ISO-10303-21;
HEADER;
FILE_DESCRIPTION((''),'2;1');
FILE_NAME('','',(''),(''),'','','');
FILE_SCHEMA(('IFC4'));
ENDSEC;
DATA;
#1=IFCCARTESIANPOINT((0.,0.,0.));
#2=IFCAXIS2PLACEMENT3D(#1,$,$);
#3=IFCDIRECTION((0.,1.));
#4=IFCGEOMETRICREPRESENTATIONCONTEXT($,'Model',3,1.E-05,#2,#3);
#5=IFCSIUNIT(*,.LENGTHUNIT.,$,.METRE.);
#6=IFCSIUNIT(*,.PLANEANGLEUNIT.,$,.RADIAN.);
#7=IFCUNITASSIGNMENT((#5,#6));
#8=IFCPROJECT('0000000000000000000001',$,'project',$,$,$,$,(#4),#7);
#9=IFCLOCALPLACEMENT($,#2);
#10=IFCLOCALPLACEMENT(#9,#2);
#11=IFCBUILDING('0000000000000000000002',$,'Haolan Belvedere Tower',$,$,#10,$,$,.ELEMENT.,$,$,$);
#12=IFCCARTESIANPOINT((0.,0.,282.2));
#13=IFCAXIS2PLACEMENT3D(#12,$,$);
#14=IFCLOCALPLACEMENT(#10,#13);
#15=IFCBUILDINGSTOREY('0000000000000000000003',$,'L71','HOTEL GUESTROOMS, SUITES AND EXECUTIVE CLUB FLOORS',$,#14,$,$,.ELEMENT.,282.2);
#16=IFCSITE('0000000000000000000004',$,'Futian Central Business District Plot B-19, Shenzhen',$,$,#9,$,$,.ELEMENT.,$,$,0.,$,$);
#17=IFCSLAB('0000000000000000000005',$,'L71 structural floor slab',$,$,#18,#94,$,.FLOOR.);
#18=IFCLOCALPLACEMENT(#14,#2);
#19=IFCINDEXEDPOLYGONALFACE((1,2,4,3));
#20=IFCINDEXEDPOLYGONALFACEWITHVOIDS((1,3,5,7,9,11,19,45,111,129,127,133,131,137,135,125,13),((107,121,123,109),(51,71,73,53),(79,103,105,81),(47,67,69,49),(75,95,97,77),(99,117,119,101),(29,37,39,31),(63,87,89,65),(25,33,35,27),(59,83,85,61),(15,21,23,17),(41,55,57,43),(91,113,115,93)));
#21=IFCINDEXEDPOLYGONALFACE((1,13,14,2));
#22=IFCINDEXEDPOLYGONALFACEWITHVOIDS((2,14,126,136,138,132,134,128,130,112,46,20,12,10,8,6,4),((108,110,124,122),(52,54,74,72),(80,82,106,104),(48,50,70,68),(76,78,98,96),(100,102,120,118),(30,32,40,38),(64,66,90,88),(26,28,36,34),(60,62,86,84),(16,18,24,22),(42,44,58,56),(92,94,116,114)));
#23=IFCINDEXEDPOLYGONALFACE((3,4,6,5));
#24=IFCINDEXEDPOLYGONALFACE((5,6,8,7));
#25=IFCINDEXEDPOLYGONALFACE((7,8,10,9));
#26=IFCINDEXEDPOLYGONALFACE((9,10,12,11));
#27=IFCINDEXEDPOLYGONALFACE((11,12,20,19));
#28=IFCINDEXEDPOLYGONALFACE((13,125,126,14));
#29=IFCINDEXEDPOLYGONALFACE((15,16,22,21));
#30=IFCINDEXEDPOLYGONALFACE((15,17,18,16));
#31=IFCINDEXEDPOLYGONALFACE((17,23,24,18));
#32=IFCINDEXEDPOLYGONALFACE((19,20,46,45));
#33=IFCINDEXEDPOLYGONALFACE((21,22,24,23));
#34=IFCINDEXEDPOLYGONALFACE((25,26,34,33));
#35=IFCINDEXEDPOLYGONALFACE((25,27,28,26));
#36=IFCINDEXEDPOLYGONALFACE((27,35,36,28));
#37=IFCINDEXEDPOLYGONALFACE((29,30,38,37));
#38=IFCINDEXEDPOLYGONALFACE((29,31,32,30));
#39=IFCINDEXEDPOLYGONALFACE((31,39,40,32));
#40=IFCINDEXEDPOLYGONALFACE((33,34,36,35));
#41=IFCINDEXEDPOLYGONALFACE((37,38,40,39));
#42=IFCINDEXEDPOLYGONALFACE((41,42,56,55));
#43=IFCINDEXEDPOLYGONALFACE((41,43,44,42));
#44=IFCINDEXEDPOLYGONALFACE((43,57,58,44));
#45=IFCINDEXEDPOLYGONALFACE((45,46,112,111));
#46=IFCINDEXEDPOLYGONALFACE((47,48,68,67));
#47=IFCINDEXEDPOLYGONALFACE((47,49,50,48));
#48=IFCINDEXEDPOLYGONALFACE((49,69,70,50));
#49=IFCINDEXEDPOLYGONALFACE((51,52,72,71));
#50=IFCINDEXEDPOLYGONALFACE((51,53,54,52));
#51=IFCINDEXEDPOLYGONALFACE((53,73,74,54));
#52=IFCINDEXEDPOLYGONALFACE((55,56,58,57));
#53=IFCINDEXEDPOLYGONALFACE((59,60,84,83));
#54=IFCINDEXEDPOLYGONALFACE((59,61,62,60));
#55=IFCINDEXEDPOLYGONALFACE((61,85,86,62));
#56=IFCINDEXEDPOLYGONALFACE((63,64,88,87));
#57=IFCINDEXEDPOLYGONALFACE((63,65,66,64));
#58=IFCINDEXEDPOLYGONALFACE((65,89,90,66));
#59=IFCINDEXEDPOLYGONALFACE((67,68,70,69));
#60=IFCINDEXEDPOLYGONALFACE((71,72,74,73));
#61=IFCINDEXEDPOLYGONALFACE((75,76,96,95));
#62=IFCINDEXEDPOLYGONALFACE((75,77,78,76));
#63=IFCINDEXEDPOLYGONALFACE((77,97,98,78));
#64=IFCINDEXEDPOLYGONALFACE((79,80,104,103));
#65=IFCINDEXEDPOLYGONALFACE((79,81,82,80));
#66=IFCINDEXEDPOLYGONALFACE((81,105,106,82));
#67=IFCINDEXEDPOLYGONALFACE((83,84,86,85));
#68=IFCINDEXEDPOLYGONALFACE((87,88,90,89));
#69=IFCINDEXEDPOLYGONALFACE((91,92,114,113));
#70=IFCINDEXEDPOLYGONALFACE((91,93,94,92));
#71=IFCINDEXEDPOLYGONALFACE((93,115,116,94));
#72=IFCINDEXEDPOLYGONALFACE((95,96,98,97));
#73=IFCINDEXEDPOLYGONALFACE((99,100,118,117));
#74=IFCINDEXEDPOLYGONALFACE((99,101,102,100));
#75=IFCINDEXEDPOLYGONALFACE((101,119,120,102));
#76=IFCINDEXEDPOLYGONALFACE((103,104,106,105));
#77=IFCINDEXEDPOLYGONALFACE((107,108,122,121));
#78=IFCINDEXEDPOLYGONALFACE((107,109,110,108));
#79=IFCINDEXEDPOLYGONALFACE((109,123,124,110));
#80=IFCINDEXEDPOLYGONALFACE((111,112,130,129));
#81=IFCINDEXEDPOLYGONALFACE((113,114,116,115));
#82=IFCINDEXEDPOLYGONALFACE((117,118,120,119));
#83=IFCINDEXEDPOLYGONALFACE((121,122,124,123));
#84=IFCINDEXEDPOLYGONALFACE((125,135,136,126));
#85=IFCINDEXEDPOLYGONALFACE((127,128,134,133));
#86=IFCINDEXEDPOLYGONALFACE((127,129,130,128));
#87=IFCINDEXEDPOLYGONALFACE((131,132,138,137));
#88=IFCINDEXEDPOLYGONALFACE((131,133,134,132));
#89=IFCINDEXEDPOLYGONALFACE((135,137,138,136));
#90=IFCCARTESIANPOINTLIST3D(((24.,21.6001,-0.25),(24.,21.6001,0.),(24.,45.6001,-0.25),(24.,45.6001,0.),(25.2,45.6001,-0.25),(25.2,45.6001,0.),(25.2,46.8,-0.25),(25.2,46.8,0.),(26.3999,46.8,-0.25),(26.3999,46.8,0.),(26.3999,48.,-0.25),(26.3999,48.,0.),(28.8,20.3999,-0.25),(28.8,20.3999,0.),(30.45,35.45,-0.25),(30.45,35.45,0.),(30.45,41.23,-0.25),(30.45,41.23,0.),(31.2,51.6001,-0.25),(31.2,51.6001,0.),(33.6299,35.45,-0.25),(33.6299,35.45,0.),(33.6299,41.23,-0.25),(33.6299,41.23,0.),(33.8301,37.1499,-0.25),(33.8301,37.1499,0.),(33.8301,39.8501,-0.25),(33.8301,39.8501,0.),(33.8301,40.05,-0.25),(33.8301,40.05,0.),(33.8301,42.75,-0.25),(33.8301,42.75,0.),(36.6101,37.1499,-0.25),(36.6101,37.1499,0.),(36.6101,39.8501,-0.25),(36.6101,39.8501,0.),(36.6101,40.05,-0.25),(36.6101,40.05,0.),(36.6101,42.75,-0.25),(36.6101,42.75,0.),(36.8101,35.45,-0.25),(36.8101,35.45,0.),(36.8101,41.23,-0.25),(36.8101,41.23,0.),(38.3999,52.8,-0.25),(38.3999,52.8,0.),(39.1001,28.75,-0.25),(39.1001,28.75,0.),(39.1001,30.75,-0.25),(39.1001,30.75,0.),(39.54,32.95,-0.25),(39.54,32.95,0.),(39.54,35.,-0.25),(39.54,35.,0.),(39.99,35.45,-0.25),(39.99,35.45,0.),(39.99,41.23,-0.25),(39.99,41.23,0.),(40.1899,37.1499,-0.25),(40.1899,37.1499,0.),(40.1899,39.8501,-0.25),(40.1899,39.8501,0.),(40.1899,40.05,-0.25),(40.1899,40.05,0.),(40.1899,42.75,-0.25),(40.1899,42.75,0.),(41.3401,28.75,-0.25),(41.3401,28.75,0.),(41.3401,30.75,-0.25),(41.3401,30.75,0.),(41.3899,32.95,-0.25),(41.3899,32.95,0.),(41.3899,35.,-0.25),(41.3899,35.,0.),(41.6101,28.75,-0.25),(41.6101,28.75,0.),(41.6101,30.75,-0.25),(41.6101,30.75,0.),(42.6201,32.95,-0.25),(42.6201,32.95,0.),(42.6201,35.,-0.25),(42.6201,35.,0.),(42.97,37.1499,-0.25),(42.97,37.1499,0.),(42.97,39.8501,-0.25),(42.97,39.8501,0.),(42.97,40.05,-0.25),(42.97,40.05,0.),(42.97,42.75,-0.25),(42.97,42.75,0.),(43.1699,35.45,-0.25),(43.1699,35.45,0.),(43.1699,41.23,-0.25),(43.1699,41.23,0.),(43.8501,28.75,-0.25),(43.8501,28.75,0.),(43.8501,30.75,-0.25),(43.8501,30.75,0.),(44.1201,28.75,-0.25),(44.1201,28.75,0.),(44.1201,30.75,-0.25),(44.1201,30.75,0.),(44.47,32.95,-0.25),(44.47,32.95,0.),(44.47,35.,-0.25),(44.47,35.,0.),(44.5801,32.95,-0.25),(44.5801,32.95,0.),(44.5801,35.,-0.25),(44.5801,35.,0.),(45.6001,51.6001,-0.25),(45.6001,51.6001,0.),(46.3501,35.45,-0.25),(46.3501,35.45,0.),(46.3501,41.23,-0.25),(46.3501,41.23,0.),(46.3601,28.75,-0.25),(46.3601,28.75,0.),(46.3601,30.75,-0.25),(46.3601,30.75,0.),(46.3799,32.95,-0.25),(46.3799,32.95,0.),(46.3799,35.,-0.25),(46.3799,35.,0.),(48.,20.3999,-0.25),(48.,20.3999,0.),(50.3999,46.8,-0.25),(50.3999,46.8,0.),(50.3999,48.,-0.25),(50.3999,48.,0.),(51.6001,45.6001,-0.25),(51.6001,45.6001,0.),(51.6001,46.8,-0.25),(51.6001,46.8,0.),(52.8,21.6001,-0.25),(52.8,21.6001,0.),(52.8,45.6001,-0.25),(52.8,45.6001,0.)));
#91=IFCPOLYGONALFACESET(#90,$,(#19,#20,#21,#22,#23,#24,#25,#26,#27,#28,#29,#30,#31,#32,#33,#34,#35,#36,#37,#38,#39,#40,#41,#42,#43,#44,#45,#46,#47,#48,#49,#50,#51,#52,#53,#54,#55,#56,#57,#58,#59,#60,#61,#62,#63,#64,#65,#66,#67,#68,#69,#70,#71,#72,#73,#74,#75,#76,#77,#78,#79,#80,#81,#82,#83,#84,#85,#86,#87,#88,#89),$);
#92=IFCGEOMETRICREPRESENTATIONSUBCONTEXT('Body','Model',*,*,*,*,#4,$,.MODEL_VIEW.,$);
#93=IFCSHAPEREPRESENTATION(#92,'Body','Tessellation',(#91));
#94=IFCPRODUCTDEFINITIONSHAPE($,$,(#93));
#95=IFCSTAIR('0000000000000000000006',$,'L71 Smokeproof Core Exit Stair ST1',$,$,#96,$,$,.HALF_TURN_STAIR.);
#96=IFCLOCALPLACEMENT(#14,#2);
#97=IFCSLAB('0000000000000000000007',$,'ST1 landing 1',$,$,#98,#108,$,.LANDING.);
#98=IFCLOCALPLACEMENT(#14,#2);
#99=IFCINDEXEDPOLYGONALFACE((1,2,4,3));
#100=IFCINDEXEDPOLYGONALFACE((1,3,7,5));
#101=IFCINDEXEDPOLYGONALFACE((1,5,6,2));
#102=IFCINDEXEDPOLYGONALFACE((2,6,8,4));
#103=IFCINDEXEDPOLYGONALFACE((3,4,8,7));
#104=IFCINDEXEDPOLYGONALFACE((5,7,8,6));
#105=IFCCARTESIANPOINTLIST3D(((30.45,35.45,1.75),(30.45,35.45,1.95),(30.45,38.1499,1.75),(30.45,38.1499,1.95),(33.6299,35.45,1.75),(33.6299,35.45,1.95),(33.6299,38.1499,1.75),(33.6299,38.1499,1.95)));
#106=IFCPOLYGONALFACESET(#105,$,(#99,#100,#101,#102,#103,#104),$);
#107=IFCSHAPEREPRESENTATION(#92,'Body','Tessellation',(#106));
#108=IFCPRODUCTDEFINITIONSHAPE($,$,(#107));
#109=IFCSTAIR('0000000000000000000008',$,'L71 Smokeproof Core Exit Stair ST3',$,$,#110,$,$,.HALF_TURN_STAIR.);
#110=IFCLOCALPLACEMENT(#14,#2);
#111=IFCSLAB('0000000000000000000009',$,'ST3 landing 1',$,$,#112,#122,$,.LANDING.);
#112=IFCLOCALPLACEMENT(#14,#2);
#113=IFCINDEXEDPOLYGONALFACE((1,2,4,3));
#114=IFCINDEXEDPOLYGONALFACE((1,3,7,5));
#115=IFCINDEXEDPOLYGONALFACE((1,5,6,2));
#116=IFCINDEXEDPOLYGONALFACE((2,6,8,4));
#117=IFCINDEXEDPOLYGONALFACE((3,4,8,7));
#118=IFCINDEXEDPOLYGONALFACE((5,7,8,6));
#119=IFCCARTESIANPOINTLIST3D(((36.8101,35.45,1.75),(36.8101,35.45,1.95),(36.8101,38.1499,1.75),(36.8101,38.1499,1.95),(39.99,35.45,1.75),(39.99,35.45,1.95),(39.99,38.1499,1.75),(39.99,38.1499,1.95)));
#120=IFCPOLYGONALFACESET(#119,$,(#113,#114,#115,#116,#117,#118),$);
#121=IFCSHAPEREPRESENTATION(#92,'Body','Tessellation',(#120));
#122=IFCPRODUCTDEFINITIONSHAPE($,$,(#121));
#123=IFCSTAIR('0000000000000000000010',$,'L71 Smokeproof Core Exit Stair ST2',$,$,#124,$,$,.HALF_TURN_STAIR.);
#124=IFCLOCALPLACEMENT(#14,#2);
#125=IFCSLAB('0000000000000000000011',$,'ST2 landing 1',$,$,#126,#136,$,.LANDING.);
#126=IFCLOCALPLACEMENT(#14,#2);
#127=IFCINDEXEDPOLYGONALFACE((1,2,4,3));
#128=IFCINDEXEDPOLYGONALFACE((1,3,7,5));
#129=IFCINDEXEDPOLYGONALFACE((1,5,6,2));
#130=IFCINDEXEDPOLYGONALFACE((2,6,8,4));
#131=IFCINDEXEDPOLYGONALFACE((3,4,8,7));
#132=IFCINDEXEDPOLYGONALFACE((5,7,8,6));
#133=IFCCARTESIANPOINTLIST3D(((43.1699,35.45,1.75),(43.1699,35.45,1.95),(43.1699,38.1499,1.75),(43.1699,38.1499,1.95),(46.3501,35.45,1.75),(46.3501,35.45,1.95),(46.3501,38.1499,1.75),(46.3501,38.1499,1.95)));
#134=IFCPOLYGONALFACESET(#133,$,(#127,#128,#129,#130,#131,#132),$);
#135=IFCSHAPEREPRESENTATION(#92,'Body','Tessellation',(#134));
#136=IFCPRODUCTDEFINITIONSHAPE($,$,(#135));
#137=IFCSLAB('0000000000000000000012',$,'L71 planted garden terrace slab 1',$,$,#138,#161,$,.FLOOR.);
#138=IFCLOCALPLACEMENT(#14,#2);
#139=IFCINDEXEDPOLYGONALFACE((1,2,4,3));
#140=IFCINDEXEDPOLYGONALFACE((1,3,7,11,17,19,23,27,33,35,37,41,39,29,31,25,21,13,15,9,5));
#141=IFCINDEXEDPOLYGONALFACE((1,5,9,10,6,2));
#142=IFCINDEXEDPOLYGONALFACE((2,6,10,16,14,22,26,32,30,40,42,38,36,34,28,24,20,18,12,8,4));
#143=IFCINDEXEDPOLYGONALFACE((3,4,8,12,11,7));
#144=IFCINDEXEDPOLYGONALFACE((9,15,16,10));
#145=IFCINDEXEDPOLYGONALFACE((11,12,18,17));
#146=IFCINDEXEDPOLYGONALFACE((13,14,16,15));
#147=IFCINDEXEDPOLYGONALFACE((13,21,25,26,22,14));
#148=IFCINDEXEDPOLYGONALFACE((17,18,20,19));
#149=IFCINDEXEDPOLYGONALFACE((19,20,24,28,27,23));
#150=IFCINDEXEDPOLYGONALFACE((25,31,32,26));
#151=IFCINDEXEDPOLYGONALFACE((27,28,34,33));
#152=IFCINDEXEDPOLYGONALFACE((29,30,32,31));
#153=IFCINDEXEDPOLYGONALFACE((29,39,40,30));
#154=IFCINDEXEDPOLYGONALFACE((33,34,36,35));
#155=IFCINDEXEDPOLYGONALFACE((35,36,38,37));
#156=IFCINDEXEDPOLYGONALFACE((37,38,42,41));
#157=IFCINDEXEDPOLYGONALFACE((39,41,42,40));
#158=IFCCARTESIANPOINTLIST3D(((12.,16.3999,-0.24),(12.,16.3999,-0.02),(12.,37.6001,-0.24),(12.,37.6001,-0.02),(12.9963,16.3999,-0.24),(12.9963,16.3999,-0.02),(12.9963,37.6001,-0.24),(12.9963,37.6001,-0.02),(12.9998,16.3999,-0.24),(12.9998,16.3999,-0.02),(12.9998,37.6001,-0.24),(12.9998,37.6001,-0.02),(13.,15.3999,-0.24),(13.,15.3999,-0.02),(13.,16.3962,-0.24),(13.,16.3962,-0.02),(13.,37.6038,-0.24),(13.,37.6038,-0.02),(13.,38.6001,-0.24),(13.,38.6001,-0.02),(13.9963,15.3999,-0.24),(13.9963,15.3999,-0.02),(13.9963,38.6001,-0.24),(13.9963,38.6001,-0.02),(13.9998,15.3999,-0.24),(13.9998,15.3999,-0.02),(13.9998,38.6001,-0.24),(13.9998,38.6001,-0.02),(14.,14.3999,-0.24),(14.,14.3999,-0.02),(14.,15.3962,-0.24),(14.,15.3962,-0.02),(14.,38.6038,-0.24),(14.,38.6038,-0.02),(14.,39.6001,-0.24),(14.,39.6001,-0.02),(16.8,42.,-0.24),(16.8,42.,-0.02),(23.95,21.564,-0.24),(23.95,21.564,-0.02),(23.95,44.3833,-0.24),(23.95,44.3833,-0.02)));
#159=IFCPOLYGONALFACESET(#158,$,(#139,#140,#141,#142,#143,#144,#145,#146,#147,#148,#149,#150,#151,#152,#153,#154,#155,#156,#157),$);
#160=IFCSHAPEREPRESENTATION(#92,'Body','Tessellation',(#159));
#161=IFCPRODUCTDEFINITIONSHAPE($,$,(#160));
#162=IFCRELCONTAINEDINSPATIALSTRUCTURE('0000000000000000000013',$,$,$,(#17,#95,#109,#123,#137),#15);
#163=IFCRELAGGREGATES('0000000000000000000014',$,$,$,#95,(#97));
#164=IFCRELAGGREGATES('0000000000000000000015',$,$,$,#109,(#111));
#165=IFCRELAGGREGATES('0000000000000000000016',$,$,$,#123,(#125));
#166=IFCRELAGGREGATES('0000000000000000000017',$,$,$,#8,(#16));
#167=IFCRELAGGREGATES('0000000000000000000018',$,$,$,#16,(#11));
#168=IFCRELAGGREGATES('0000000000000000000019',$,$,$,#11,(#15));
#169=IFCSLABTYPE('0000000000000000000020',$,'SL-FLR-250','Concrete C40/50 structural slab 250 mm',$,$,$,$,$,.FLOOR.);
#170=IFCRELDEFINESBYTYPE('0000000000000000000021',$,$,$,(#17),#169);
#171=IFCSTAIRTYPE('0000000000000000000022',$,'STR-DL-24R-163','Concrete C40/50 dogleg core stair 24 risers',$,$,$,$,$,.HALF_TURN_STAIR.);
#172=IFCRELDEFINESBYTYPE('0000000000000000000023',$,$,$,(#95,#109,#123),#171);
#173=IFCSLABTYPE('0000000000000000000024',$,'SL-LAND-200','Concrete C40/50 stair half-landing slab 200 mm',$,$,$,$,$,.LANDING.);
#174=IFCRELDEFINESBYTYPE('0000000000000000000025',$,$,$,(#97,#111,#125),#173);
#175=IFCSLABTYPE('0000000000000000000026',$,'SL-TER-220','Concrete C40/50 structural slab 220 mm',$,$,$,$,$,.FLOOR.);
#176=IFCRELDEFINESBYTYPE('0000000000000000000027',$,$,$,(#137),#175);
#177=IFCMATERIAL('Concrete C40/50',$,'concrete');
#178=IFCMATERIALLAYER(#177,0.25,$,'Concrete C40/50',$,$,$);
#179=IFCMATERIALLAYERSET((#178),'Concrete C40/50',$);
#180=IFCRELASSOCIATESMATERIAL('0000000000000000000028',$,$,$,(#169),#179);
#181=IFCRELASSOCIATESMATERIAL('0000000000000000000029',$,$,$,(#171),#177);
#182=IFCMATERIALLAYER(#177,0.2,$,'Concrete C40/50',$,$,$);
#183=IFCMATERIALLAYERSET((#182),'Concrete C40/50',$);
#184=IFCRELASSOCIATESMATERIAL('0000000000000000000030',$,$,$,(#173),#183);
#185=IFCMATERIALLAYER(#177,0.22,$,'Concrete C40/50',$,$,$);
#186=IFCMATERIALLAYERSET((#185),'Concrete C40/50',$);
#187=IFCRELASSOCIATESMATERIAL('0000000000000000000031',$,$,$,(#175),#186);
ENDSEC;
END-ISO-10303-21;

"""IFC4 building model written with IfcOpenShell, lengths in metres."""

from ifc_helpers import new_model, si_unit, direction, frame, origin, place, context, subcontext, project, spatial, polyline, outline, extrude, material, layer, layer_set, type_object, element, aggregate, save


model = new_model("IFC4")

# Units and contexts
model_context = context("Model", 3, precision=1e-05, world=origin(), true_north=direction((0.0, 1.0)))
body_context = subcontext(model_context, "Body", "Model", "MODEL_VIEW")
ifc_project = project(units=[si_unit("LENGTHUNIT", "METRE"), si_unit("PLANEANGLEUNIT", "RADIAN")], contexts=[model_context])

# Site, building, storey
site_placement = place(None, origin())
site = spatial("IfcSite", under=ifc_project, at=site_placement, Name="Futian Central Business District Plot B-19, Shenzhen", CompositionType="ELEMENT", RefElevation=0.0)
building_placement = place(site_placement, origin())
building = spatial("IfcBuilding", under=site, at=building_placement, Name="Haolan Belvedere Tower", CompositionType="ELEMENT")
storey_placement = place(building_placement, frame((0.0, 0.0, 282.2)))
storey = spatial("IfcBuildingStorey", under=building, at=storey_placement, Name="L71", Description="HOTEL GUESTROOMS, SUITES AND EXECUTIVE CLUB FLOORS", CompositionType="ELEMENT", Elevation=282.2)

# Slab
ifc_material_1 = material(Name="Concrete C40/50", Category="concrete")
ifc_layer_1 = layer(ifc_material_1, 0.25, Name="Concrete C40/50")
ifc_layer_set_1 = layer_set([ifc_layer_1], Name="Concrete C40/50")
slab_type_1 = type_object("IfcSlabType", Name="SL-FLR-250", Description="Concrete C40/50 structural slab 250 mm", PredefinedType="FLOOR", material=ifc_layer_set_1)
slab_1_placement = place(storey_placement, frame((0.0, 0.0, -0.25)))
element("IfcSlab", 1, at=slab_1_placement, inside=storey, type_object=slab_type_1, Name="L71 structural floor slab", PredefinedType="FLOOR", context=body_context, shape_type="SweptSolid", body=[
    extrude(outline(polyline([(24.0, 21.6001), (28.8, 20.3999), (48.0, 20.3999), (52.8, 21.6001), (52.8, 45.6001), (52.8, 45.6001), (51.6001, 45.6001), (51.6001, 46.8), (50.3999, 46.8), (50.3999, 48.0), (45.6001, 51.6001), (38.3999, 52.8), (31.2, 51.6001), (26.3999, 48.0), (26.3999, 46.8), (25.2, 46.8), (25.2, 45.6001), (24.0, 45.6001), (24.0, 45.6001), (24.0, 21.6001)]), holes=[polyline([(30.45, 41.23), (30.45, 35.45), (33.6299, 35.45), (33.6299, 41.23), (30.45, 41.23)]), polyline([(36.8101, 41.23), (36.8101, 35.45), (39.99, 35.45), (39.99, 41.23), (36.8101, 41.23)]), polyline([(43.1699, 41.23), (43.1699, 35.45), (46.3501, 35.45), (46.3501, 41.23), (43.1699, 41.23)]), polyline([(33.8301, 40.05), (36.6101, 40.05), (36.6101, 42.75), (33.8301, 42.75), (33.8301, 40.05)]), polyline([(33.8301, 37.1499), (36.6101, 37.1499), (36.6101, 39.8501), (33.8301, 39.8501), (33.8301, 37.1499)]), polyline([(40.1899, 40.05), (42.97, 40.05), (42.97, 42.75), (40.1899, 42.75), (40.1899, 40.05)]), polyline([(40.1899, 37.1499), (42.97, 37.1499), (42.97, 39.8501), (40.1899, 39.8501), (40.1899, 37.1499)]), polyline([(39.54, 32.95), (41.3899, 32.95), (41.3899, 35.0), (39.54, 35.0), (39.54, 32.95)]), polyline([(42.6201, 32.95), (44.47, 32.95), (44.47, 35.0), (42.6201, 35.0), (42.6201, 32.95)]), polyline([(44.5801, 32.95), (46.3799, 32.95), (46.3799, 35.0), (44.5801, 35.0), (44.5801, 32.95)]), polyline([(39.1001, 28.75), (41.3401, 28.75), (41.3401, 30.75), (39.1001, 30.75), (39.1001, 28.75)]), polyline([(41.6101, 28.75), (43.8501, 28.75), (43.8501, 30.75), (41.6101, 30.75), (41.6101, 28.75)]), polyline([(44.1201, 28.75), (46.3601, 28.75), (46.3601, 30.75), (44.1201, 30.75), (44.1201, 28.75)])]), origin(), (0.0, 0.0, 1.0), 0.25),
])

# Stairs, slabs
stair_type = type_object("IfcStairType", Name="STR-DL-24R-163", Description="Concrete C40/50 dogleg core stair 24 risers", PredefinedType="HALF_TURN_STAIR", material=ifc_material_1)
stair_1_placement = place(storey_placement, origin())
stair_1 = element("IfcStair", 2, at=stair_1_placement, inside=storey, type_object=stair_type, Name="L71 Smokeproof Core Exit Stair ST1", PredefinedType="HALF_TURN_STAIR")
ifc_layer_2 = layer(ifc_material_1, 0.2, Name="Concrete C40/50")
ifc_layer_set_2 = layer_set([ifc_layer_2], Name="Concrete C40/50")
slab_type_2 = type_object("IfcSlabType", Name="SL-LAND-200", Description="Concrete C40/50 stair half-landing slab 200 mm", PredefinedType="LANDING", material=ifc_layer_set_2)
slab_2_placement = place(storey_placement, frame((0.0, 0.0, 1.75)))
slab_2 = element("IfcSlab", 3, at=slab_2_placement, type_object=slab_type_2, Name="ST1 landing 1", PredefinedType="LANDING", context=body_context, shape_type="SweptSolid", body=[
    extrude(outline(polyline([(30.45, 38.1499), (30.45, 35.45), (33.6299, 35.45), (33.6299, 38.1499), (30.45, 38.1499)])), origin(), (0.0, 0.0, 1.0), 0.2),
])
aggregate(stair_1, [slab_2])
stair_2_placement = place(storey_placement, origin())
stair_2 = element("IfcStair", 4, at=stair_2_placement, inside=storey, type_object=stair_type, Name="L71 Smokeproof Core Exit Stair ST3", PredefinedType="HALF_TURN_STAIR")
slab_3_placement = place(storey_placement, frame((0.0, 0.0, 1.75)))
slab_3 = element("IfcSlab", 5, at=slab_3_placement, type_object=slab_type_2, Name="ST3 landing 1", PredefinedType="LANDING", context=body_context, shape_type="SweptSolid", body=[
    extrude(outline(polyline([(36.8101, 38.1499), (36.8101, 35.45), (39.99, 35.45), (39.99, 38.1499), (36.8101, 38.1499)])), origin(), (0.0, 0.0, 1.0), 0.2),
])
aggregate(stair_2, [slab_3])
stair_3_placement = place(storey_placement, origin())
stair_3 = element("IfcStair", 6, at=stair_3_placement, inside=storey, type_object=stair_type, Name="L71 Smokeproof Core Exit Stair ST2", PredefinedType="HALF_TURN_STAIR")
slab_4_placement = place(storey_placement, frame((0.0, 0.0, 1.75)))
slab_4 = element("IfcSlab", 7, at=slab_4_placement, type_object=slab_type_2, Name="ST2 landing 1", PredefinedType="LANDING", context=body_context, shape_type="SweptSolid", body=[
    extrude(outline(polyline([(43.1699, 38.1499), (43.1699, 35.45), (46.3501, 35.45), (46.3501, 38.1499), (43.1699, 38.1499)])), origin(), (0.0, 0.0, 1.0), 0.2),
])
aggregate(stair_3, [slab_4])

# Slab
ifc_layer_3 = layer(ifc_material_1, 0.22, Name="Concrete C40/50")
ifc_layer_set_3 = layer_set([ifc_layer_3], Name="Concrete C40/50")
slab_type_3 = type_object("IfcSlabType", Name="SL-TER-220", Description="Concrete C40/50 structural slab 220 mm", PredefinedType="FLOOR", material=ifc_layer_set_3)
slab_5_placement = place(storey_placement, frame((0.0, 0.0, -0.24)))
element("IfcSlab", 8, at=slab_5_placement, inside=storey, type_object=slab_type_3, Name="L71 planted garden terrace slab 1", PredefinedType="FLOOR", context=body_context, shape_type="SweptSolid", body=[
    extrude(outline(polyline([(13.0, 16.3962), (13.0, 15.3999), (13.9963, 15.3999), (13.9998, 15.3999), (14.0, 15.3962), (14.0, 14.3999), (23.95, 21.564), (23.95, 44.3833), (16.8, 42.0), (14.0, 39.6001), (14.0, 38.6038), (13.9998, 38.6001), (13.9963, 38.6001), (13.0, 38.6001), (13.0, 37.6038), (12.9998, 37.6001), (12.9963, 37.6001), (12.0, 37.6001), (12.0, 16.3999), (12.9963, 16.3999), (12.9998, 16.3999), (13.0, 16.3962)])), origin(), (0.0, 0.0, 1.0), 0.22),
])

save(model, "model.ifc")
